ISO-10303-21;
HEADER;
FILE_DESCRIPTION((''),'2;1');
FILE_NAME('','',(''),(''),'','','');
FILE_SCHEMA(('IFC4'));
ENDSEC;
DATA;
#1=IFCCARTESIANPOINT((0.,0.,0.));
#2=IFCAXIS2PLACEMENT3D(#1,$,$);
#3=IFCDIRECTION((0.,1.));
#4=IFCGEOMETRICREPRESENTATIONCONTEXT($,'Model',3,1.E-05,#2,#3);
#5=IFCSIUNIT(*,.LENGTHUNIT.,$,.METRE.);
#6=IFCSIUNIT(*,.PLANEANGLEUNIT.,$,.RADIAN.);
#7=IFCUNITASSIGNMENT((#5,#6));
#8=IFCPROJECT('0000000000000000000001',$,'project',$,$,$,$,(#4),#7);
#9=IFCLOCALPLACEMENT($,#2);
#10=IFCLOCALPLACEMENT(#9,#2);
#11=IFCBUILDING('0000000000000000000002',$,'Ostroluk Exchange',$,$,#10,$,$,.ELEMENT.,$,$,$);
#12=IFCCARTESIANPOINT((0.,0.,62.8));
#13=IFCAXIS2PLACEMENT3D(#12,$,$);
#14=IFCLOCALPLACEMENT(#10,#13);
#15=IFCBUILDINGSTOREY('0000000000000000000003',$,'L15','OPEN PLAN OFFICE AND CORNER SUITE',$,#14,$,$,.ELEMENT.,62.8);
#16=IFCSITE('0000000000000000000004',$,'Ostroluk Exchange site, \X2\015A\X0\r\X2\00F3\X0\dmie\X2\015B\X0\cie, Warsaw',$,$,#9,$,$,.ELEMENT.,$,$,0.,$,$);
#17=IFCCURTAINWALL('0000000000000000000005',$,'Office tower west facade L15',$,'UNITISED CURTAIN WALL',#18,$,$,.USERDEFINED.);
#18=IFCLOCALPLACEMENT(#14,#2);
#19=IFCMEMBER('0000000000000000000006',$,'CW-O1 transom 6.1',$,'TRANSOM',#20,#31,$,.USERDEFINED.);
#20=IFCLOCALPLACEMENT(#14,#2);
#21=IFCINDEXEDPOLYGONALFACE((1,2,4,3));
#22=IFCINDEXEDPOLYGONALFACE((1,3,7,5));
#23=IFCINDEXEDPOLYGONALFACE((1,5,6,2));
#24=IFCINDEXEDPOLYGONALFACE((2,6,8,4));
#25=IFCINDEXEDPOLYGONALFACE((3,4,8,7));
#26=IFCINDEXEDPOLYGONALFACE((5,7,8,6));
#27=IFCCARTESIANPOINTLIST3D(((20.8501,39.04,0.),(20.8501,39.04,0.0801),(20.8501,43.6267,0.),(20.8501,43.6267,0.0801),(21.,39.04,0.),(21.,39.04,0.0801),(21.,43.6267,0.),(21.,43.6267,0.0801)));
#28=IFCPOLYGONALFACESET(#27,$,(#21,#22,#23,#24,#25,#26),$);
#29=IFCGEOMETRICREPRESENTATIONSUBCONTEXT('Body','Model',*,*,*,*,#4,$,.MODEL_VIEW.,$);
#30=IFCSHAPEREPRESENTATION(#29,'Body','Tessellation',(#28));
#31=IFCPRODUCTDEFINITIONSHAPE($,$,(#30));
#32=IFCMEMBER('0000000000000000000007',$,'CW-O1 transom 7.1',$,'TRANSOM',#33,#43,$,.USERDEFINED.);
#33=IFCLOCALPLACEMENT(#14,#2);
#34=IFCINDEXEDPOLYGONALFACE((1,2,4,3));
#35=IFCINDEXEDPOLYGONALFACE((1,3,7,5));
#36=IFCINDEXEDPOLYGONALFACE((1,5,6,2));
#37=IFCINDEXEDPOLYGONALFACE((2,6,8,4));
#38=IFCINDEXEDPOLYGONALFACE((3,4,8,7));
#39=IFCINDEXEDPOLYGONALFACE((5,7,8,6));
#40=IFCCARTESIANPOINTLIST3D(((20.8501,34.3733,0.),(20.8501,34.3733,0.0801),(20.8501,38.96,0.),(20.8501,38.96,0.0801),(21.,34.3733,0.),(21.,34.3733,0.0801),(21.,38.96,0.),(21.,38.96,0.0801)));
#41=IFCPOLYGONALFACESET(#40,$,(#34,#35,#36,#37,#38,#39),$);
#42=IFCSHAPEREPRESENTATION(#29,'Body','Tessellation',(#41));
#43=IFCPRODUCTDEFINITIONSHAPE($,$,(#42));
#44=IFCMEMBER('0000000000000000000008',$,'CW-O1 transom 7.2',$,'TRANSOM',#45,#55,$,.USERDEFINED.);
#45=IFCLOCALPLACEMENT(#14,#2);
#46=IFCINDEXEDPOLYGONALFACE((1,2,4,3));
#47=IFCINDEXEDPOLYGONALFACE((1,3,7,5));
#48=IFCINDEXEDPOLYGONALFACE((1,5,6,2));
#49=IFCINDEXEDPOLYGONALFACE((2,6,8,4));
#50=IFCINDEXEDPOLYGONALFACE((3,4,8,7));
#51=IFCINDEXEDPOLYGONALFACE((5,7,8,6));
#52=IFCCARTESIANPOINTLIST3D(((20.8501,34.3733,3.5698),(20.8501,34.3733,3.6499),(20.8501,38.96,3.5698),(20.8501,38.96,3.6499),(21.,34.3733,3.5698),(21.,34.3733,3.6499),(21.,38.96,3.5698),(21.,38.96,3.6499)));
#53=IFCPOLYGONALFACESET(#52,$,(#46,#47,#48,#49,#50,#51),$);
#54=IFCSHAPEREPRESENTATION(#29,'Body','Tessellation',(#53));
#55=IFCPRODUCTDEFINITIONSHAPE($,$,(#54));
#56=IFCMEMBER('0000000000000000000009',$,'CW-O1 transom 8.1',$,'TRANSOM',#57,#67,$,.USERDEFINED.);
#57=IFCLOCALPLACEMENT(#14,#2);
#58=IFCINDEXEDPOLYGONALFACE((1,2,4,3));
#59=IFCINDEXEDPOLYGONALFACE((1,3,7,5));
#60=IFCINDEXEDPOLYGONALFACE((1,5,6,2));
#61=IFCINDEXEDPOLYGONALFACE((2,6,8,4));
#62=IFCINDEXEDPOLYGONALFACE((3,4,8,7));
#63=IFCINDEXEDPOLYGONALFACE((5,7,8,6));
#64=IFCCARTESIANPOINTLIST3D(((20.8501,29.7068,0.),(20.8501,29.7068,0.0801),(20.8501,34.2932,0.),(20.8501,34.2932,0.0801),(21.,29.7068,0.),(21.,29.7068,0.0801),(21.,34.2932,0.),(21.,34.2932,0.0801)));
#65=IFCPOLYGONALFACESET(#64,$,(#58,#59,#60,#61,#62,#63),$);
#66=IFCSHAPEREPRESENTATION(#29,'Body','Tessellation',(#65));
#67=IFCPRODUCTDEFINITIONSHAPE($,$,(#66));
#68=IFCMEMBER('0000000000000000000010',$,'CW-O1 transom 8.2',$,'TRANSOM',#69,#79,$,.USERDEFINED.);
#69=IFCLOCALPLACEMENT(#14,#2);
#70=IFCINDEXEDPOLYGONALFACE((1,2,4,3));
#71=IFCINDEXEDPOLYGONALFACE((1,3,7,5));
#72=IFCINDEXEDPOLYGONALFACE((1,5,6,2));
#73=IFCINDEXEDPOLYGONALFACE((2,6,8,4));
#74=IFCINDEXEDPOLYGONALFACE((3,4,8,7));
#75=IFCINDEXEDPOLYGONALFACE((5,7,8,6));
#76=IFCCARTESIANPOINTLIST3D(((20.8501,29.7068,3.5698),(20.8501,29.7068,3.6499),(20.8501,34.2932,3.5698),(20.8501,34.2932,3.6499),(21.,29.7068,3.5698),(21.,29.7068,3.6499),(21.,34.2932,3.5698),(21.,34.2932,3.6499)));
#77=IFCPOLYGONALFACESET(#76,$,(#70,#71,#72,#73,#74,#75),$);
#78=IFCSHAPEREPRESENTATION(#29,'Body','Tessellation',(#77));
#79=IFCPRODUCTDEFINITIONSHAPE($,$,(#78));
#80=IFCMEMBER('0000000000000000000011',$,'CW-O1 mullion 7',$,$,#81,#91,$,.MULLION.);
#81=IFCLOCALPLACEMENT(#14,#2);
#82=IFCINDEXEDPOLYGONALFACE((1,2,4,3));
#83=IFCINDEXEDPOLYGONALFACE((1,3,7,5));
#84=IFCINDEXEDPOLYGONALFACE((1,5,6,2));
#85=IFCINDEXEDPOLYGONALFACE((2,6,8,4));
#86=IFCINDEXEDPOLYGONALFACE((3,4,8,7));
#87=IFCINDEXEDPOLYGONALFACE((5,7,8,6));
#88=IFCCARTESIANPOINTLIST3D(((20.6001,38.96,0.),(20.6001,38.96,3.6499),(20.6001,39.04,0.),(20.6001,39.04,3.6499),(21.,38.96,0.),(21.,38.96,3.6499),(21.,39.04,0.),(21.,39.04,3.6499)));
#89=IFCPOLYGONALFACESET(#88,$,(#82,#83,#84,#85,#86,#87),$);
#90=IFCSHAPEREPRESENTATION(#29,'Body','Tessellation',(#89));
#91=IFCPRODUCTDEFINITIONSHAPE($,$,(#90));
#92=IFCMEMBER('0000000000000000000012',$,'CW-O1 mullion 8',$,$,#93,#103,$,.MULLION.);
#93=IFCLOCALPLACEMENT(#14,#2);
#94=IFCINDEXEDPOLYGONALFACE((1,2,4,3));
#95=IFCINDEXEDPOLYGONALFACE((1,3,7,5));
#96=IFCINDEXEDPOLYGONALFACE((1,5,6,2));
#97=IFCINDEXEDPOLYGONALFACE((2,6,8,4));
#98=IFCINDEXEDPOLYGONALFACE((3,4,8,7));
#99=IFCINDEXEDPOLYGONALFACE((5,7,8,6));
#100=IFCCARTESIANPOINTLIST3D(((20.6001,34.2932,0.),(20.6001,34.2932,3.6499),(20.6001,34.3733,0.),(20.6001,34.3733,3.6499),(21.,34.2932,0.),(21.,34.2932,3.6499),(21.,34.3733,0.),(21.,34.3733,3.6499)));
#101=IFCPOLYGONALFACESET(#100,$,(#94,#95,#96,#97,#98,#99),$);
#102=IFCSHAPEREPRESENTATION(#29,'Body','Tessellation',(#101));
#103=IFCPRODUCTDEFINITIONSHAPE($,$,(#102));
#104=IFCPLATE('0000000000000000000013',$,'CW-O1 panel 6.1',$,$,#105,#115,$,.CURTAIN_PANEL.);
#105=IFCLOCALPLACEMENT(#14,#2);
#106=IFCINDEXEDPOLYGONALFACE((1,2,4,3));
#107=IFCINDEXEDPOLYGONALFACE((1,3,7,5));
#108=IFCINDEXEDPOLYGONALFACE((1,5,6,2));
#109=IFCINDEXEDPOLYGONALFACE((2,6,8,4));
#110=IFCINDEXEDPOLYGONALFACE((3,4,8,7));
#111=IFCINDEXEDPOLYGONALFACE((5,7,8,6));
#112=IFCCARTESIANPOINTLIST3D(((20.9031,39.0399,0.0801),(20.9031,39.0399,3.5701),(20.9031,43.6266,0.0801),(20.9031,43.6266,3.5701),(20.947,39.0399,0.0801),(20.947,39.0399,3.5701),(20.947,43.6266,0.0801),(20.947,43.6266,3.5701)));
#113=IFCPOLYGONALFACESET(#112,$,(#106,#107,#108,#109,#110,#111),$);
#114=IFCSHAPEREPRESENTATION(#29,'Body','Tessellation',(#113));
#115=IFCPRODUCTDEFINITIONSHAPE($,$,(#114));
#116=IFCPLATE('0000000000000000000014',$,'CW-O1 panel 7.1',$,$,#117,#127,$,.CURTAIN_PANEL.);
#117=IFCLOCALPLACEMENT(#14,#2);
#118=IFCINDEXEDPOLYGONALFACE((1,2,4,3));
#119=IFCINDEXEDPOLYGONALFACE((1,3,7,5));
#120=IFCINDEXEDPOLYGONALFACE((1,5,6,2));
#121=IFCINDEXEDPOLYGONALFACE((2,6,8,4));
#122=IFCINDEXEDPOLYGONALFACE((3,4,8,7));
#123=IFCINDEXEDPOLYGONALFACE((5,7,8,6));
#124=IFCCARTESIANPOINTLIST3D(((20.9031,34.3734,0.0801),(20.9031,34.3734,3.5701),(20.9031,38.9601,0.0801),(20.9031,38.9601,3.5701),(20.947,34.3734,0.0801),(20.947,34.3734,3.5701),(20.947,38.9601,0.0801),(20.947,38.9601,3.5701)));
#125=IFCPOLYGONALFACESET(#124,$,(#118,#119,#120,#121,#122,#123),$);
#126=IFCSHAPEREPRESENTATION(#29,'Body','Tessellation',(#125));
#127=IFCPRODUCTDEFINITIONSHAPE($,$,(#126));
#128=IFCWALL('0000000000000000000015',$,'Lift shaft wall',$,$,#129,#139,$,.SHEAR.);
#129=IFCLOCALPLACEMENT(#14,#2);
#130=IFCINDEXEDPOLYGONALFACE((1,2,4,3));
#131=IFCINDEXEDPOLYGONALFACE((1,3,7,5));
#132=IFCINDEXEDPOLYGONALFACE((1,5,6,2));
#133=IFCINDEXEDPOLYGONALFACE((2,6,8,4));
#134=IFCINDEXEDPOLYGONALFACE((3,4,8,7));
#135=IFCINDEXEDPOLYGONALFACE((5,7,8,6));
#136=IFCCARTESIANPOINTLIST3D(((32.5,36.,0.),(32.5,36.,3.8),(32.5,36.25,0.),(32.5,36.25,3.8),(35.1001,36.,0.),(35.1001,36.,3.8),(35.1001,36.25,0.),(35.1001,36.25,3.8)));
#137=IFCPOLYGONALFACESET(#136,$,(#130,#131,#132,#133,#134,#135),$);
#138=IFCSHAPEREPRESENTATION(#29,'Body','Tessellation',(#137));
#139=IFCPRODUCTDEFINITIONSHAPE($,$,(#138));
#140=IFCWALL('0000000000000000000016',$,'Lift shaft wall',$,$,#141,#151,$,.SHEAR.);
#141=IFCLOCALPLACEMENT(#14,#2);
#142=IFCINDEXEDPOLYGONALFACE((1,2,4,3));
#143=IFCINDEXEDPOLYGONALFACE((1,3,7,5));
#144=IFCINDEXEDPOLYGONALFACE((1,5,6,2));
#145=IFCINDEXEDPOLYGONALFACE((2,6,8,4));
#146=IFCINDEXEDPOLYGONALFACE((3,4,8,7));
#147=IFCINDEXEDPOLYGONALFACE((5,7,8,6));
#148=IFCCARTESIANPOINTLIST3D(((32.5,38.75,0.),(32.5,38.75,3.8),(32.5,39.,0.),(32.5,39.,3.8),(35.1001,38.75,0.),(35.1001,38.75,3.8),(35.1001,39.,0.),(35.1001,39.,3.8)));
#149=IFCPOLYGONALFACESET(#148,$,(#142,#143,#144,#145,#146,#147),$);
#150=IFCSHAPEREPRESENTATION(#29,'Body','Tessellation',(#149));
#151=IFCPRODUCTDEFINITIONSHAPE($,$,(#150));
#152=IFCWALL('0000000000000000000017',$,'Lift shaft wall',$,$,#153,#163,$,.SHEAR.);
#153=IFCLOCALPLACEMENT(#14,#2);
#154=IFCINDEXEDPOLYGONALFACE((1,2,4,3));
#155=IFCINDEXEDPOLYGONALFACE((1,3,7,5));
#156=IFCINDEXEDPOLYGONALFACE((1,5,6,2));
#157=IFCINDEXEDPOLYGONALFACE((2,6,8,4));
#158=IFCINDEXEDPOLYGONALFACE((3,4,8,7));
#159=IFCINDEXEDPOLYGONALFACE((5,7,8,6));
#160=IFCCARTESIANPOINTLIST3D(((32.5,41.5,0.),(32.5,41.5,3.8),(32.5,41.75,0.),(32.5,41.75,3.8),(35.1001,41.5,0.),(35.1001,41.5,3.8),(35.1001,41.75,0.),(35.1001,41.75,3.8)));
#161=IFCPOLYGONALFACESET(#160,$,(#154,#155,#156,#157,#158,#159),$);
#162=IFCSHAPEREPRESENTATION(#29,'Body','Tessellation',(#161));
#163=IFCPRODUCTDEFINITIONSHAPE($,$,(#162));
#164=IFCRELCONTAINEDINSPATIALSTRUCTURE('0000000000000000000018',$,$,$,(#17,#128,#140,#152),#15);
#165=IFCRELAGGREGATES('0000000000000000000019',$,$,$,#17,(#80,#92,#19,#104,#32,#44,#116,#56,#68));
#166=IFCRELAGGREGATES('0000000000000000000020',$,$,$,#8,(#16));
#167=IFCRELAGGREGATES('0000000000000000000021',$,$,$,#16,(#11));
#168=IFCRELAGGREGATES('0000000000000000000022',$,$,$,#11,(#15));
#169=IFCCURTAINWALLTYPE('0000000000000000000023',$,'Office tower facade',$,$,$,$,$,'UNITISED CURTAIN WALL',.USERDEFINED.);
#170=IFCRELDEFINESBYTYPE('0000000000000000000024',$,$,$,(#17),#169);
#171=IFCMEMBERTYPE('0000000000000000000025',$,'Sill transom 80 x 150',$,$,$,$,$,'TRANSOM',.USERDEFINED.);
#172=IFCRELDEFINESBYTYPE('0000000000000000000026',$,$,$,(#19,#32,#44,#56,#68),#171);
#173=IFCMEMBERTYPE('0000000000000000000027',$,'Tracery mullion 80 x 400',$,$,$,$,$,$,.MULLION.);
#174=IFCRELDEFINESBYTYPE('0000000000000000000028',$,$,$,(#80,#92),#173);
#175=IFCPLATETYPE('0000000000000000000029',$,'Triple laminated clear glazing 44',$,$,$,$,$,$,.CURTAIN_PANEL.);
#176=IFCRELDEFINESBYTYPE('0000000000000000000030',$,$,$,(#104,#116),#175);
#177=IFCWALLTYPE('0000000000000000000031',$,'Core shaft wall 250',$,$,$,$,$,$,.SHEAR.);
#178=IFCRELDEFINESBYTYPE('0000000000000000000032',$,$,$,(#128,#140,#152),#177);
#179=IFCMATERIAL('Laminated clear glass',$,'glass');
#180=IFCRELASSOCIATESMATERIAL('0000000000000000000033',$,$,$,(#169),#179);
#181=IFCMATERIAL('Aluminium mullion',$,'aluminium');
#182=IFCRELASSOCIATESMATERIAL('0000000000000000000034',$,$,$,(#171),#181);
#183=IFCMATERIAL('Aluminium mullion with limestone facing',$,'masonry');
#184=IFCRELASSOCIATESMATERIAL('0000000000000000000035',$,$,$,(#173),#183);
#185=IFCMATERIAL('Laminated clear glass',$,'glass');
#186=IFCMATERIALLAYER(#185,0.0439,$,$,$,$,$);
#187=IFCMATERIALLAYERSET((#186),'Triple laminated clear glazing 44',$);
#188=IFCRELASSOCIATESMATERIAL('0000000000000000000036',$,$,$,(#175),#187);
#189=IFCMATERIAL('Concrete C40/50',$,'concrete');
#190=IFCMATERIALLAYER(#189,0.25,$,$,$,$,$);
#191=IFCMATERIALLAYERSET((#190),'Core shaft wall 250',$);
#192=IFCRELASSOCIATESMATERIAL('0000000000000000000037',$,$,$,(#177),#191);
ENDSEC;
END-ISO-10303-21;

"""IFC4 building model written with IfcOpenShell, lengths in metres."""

from ifc_helpers import new_model, si_unit, direction, frame, frame_2d, origin, origin_2d, place, context, subcontext, project, spatial, rectangle, extrude, material, layer, layer_set, material_profile, profile_set, type_object, element, aggregate, save


model = new_model("IFC4")

# Units and contexts
model_context = context("Model", 3, precision=1e-05, world=origin(), true_north=direction((0.0, 1.0)))
body_context = subcontext(model_context, "Body", "Model", "MODEL_VIEW")
ifc_project = project(units=[si_unit("LENGTHUNIT", "METRE"), si_unit("PLANEANGLEUNIT", "RADIAN")], contexts=[model_context])

# Site, building, storey
site_placement = place(None, origin())
site = spatial("IfcSite", under=ifc_project, at=site_placement, Name="Ostroluk Exchange site, Śródmieście, Warsaw", CompositionType="ELEMENT", RefElevation=0.0)
building_placement = place(site_placement, origin())
building = spatial("IfcBuilding", under=site, at=building_placement, Name="Ostroluk Exchange", CompositionType="ELEMENT")
storey_placement = place(building_placement, frame((0.0, 0.0, 62.8)))
storey = spatial("IfcBuildingStorey", under=building, at=storey_placement, Name="L15", Description="OPEN PLAN OFFICE AND CORNER SUITE", CompositionType="ELEMENT", Elevation=62.8)

# Curtain wall, members, plates
ifc_material_1 = material(Name="Laminated clear glass", Category="glass")
curtain_wall_type = type_object("IfcCurtainWallType", Name="Office tower facade", ElementType="UNITISED CURTAIN WALL", PredefinedType="USERDEFINED", material=ifc_material_1)
curtain_wall_placement = place(storey_placement, origin())
curtain_wall = element("IfcCurtainWall", 1, at=curtain_wall_placement, inside=storey, type_object=curtain_wall_type, Name="Office tower west facade L15", ObjectType="UNITISED CURTAIN WALL", PredefinedType="USERDEFINED")
ifc_material_2 = material(Name="Aluminium mullion", Category="aluminium")
ifc_material_profile_1 = material_profile(ifc_material_2, rectangle(XDim=0.1499, YDim=0.0801, at=origin_2d()), Name="Sill transom 80 x 150")
ifc_profile_set_1 = profile_set([ifc_material_profile_1], Name="Aluminium mullion")
member_type_1 = type_object("IfcMemberType", Name="Sill transom 80 x 150", ElementType="TRANSOM", PredefinedType="USERDEFINED", material=ifc_profile_set_1)
member_1_placement = place(storey_placement, frame((20.925, 43.6267, 0.04), z_axis=(0.0, -1.0, 0.0), x_axis=(1.0, 0.0, 0.0)))
member_1 = element("IfcMember", 2, at=member_1_placement, type_object=member_type_1, Name="CW-O1 transom 6.1", ObjectType="TRANSOM", PredefinedType="USERDEFINED", context=body_context, shape_type="SweptSolid", body=[
    extrude(rectangle(XDim=0.1499, YDim=0.0801, at=origin_2d()), origin(), (0.0, 0.0, 1.0), 4.5867),
])
member_2_placement = place(storey_placement, frame((20.925, 38.96, 0.04), z_axis=(0.0, -1.0, 0.0), x_axis=(1.0, 0.0, 0.0)))
member_2 = element("IfcMember", 3, at=member_2_placement, type_object=member_type_1, Name="CW-O1 transom 7.1", ObjectType="TRANSOM", PredefinedType="USERDEFINED", context=body_context, shape_type="SweptSolid", body=[
    extrude(rectangle(XDim=0.1499, YDim=0.0801, at=origin_2d()), origin(), (0.0, 0.0, 1.0), 4.5867),
])
member_3_placement = place(storey_placement, frame((20.925, 38.96, 3.6099), z_axis=(0.0, -1.0, 0.0), x_axis=(1.0, 0.0, 0.0)))
member_3 = element("IfcMember", 4, at=member_3_placement, type_object=member_type_1, Name="CW-O1 transom 7.2", ObjectType="TRANSOM", PredefinedType="USERDEFINED", context=body_context, shape_type="SweptSolid", body=[
    extrude(rectangle(XDim=0.1499, YDim=0.0801, at=origin_2d()), origin(), (0.0, 0.0, 1.0), 4.5867),
])
member_4_placement = place(storey_placement, frame((20.925, 34.2932, 0.04), z_axis=(0.0, -1.0, 0.0), x_axis=(1.0, 0.0, 0.0)))
member_4 = element("IfcMember", 5, at=member_4_placement, type_object=member_type_1, Name="CW-O1 transom 8.1", ObjectType="TRANSOM", PredefinedType="USERDEFINED", context=body_context, shape_type="SweptSolid", body=[
    extrude(rectangle(XDim=0.1499, YDim=0.0801, at=origin_2d()), origin(), (0.0, 0.0, 1.0), 4.5864),
])
member_5_placement = place(storey_placement, frame((20.925, 34.2932, 3.6099), z_axis=(0.0, -1.0, 0.0), x_axis=(1.0, 0.0, 0.0)))
member_5 = element("IfcMember", 6, at=member_5_placement, type_object=member_type_1, Name="CW-O1 transom 8.2", ObjectType="TRANSOM", PredefinedType="USERDEFINED", context=body_context, shape_type="SweptSolid", body=[
    extrude(rectangle(XDim=0.1499, YDim=0.0801, at=origin_2d()), origin(), (0.0, 0.0, 1.0), 4.5864),
])
ifc_material_3 = material(Name="Aluminium mullion with limestone facing", Category="masonry")
ifc_material_profile_2 = material_profile(ifc_material_3, rectangle(XDim=0.3999, YDim=0.0801, at=origin_2d()), Name="Tracery mullion 80 x 400")
ifc_profile_set_2 = profile_set([ifc_material_profile_2], Name="Aluminium mullion with limestone facing")
member_type_2 = type_object("IfcMemberType", Name="Tracery mullion 80 x 400", PredefinedType="MULLION", material=ifc_profile_set_2)
member_6_placement = place(storey_placement, frame((20.8, 39.0, 0.0), z_axis=(0.0, 0.0, 1.0), x_axis=(1.0, 0.0, 0.0)))
member_6 = element("IfcMember", 7, at=member_6_placement, type_object=member_type_2, Name="CW-O1 mullion 7", PredefinedType="MULLION", context=body_context, shape_type="SweptSolid", body=[
    extrude(rectangle(XDim=0.3999, YDim=0.0801, at=origin_2d()), origin(), (0.0, 0.0, 1.0), 3.6499),
])
member_7_placement = place(storey_placement, frame((20.8, 34.3333, 0.0), z_axis=(0.0, 0.0, 1.0), x_axis=(1.0, 0.0, 0.0)))
member_7 = element("IfcMember", 8, at=member_7_placement, type_object=member_type_2, Name="CW-O1 mullion 8", PredefinedType="MULLION", context=body_context, shape_type="SweptSolid", body=[
    extrude(rectangle(XDim=0.3999, YDim=0.0801, at=origin_2d()), origin(), (0.0, 0.0, 1.0), 3.6499),
])
ifc_material_4 = material(Name="Laminated clear glass", Category="glass")
ifc_layer_1 = layer(ifc_material_4, 0.0439)
ifc_layer_set_1 = layer_set([ifc_layer_1], Name="Triple laminated clear glazing 44")
plate_type = type_object("IfcPlateType", Name="Triple laminated clear glazing 44", PredefinedType="CURTAIN_PANEL", material=ifc_layer_set_1)
plate_1_placement = place(storey_placement, frame((20.925, 41.3333, 0.0801), z_axis=(0.0, 0.0, 1.0), x_axis=(0.0, -1.0, 0.0)))
plate_1 = element("IfcPlate", 9, at=plate_1_placement, type_object=plate_type, Name="CW-O1 panel 6.1", PredefinedType="CURTAIN_PANEL", context=body_context, shape_type="SweptSolid", body=[
    extrude(rectangle(XDim=4.5867, YDim=0.0439, at=origin_2d()), origin(), (0.0, 0.0, 1.0), 3.49),
])
plate_2_placement = place(storey_placement, frame((20.925, 36.6667, 0.0801), z_axis=(0.0, 0.0, 1.0), x_axis=(0.0, -1.0, 0.0)))
plate_2 = element("IfcPlate", 10, at=plate_2_placement, type_object=plate_type, Name="CW-O1 panel 7.1", PredefinedType="CURTAIN_PANEL", context=body_context, shape_type="SweptSolid", body=[
    extrude(rectangle(XDim=4.5867, YDim=0.0439, at=origin_2d()), origin(), (0.0, 0.0, 1.0), 3.49),
])
aggregate(curtain_wall, [member_6, member_7, member_1, plate_1, member_2, member_3, plate_2, member_4, member_5])

# Walls
ifc_material_5 = material(Name="Concrete C40/50", Category="concrete")
ifc_layer_2 = layer(ifc_material_5, 0.25)
ifc_layer_set_2 = layer_set([ifc_layer_2], Name="Core shaft wall 250")
wall_type_1 = type_object("IfcWallType", Name="Core shaft wall 250", PredefinedType="SHEAR", material=ifc_layer_set_2)
for number, where, z_axis, x_axis, name in (
    (11, (32.5, 36.125, 0.0), (0.0, 0.0, 1.0), (1.0, 0.0, 0.0), "Lift shaft wall"),
    (12, (32.5, 38.875, 0.0), (0.0, 0.0, 1.0), (1.0, 0.0, 0.0), "Lift shaft wall"),
    (13, (32.5, 41.625, 0.0), (0.0, 0.0, 1.0), (1.0, 0.0, 0.0), "Lift shaft wall"),
):
    element("IfcWall", number, at=place(storey_placement, frame(where, z_axis=z_axis, x_axis=x_axis)), inside=storey, type_object=wall_type_1, Name=name, PredefinedType="SHEAR", context=body_context, shape_type="SweptSolid", body=[
        extrude(rectangle(XDim=2.6001, YDim=0.25, at=frame_2d((1.3, 0.0))), origin(), (0.0, 0.0, 1.0), 3.8),
    ])

save(model, "model.ifc")
